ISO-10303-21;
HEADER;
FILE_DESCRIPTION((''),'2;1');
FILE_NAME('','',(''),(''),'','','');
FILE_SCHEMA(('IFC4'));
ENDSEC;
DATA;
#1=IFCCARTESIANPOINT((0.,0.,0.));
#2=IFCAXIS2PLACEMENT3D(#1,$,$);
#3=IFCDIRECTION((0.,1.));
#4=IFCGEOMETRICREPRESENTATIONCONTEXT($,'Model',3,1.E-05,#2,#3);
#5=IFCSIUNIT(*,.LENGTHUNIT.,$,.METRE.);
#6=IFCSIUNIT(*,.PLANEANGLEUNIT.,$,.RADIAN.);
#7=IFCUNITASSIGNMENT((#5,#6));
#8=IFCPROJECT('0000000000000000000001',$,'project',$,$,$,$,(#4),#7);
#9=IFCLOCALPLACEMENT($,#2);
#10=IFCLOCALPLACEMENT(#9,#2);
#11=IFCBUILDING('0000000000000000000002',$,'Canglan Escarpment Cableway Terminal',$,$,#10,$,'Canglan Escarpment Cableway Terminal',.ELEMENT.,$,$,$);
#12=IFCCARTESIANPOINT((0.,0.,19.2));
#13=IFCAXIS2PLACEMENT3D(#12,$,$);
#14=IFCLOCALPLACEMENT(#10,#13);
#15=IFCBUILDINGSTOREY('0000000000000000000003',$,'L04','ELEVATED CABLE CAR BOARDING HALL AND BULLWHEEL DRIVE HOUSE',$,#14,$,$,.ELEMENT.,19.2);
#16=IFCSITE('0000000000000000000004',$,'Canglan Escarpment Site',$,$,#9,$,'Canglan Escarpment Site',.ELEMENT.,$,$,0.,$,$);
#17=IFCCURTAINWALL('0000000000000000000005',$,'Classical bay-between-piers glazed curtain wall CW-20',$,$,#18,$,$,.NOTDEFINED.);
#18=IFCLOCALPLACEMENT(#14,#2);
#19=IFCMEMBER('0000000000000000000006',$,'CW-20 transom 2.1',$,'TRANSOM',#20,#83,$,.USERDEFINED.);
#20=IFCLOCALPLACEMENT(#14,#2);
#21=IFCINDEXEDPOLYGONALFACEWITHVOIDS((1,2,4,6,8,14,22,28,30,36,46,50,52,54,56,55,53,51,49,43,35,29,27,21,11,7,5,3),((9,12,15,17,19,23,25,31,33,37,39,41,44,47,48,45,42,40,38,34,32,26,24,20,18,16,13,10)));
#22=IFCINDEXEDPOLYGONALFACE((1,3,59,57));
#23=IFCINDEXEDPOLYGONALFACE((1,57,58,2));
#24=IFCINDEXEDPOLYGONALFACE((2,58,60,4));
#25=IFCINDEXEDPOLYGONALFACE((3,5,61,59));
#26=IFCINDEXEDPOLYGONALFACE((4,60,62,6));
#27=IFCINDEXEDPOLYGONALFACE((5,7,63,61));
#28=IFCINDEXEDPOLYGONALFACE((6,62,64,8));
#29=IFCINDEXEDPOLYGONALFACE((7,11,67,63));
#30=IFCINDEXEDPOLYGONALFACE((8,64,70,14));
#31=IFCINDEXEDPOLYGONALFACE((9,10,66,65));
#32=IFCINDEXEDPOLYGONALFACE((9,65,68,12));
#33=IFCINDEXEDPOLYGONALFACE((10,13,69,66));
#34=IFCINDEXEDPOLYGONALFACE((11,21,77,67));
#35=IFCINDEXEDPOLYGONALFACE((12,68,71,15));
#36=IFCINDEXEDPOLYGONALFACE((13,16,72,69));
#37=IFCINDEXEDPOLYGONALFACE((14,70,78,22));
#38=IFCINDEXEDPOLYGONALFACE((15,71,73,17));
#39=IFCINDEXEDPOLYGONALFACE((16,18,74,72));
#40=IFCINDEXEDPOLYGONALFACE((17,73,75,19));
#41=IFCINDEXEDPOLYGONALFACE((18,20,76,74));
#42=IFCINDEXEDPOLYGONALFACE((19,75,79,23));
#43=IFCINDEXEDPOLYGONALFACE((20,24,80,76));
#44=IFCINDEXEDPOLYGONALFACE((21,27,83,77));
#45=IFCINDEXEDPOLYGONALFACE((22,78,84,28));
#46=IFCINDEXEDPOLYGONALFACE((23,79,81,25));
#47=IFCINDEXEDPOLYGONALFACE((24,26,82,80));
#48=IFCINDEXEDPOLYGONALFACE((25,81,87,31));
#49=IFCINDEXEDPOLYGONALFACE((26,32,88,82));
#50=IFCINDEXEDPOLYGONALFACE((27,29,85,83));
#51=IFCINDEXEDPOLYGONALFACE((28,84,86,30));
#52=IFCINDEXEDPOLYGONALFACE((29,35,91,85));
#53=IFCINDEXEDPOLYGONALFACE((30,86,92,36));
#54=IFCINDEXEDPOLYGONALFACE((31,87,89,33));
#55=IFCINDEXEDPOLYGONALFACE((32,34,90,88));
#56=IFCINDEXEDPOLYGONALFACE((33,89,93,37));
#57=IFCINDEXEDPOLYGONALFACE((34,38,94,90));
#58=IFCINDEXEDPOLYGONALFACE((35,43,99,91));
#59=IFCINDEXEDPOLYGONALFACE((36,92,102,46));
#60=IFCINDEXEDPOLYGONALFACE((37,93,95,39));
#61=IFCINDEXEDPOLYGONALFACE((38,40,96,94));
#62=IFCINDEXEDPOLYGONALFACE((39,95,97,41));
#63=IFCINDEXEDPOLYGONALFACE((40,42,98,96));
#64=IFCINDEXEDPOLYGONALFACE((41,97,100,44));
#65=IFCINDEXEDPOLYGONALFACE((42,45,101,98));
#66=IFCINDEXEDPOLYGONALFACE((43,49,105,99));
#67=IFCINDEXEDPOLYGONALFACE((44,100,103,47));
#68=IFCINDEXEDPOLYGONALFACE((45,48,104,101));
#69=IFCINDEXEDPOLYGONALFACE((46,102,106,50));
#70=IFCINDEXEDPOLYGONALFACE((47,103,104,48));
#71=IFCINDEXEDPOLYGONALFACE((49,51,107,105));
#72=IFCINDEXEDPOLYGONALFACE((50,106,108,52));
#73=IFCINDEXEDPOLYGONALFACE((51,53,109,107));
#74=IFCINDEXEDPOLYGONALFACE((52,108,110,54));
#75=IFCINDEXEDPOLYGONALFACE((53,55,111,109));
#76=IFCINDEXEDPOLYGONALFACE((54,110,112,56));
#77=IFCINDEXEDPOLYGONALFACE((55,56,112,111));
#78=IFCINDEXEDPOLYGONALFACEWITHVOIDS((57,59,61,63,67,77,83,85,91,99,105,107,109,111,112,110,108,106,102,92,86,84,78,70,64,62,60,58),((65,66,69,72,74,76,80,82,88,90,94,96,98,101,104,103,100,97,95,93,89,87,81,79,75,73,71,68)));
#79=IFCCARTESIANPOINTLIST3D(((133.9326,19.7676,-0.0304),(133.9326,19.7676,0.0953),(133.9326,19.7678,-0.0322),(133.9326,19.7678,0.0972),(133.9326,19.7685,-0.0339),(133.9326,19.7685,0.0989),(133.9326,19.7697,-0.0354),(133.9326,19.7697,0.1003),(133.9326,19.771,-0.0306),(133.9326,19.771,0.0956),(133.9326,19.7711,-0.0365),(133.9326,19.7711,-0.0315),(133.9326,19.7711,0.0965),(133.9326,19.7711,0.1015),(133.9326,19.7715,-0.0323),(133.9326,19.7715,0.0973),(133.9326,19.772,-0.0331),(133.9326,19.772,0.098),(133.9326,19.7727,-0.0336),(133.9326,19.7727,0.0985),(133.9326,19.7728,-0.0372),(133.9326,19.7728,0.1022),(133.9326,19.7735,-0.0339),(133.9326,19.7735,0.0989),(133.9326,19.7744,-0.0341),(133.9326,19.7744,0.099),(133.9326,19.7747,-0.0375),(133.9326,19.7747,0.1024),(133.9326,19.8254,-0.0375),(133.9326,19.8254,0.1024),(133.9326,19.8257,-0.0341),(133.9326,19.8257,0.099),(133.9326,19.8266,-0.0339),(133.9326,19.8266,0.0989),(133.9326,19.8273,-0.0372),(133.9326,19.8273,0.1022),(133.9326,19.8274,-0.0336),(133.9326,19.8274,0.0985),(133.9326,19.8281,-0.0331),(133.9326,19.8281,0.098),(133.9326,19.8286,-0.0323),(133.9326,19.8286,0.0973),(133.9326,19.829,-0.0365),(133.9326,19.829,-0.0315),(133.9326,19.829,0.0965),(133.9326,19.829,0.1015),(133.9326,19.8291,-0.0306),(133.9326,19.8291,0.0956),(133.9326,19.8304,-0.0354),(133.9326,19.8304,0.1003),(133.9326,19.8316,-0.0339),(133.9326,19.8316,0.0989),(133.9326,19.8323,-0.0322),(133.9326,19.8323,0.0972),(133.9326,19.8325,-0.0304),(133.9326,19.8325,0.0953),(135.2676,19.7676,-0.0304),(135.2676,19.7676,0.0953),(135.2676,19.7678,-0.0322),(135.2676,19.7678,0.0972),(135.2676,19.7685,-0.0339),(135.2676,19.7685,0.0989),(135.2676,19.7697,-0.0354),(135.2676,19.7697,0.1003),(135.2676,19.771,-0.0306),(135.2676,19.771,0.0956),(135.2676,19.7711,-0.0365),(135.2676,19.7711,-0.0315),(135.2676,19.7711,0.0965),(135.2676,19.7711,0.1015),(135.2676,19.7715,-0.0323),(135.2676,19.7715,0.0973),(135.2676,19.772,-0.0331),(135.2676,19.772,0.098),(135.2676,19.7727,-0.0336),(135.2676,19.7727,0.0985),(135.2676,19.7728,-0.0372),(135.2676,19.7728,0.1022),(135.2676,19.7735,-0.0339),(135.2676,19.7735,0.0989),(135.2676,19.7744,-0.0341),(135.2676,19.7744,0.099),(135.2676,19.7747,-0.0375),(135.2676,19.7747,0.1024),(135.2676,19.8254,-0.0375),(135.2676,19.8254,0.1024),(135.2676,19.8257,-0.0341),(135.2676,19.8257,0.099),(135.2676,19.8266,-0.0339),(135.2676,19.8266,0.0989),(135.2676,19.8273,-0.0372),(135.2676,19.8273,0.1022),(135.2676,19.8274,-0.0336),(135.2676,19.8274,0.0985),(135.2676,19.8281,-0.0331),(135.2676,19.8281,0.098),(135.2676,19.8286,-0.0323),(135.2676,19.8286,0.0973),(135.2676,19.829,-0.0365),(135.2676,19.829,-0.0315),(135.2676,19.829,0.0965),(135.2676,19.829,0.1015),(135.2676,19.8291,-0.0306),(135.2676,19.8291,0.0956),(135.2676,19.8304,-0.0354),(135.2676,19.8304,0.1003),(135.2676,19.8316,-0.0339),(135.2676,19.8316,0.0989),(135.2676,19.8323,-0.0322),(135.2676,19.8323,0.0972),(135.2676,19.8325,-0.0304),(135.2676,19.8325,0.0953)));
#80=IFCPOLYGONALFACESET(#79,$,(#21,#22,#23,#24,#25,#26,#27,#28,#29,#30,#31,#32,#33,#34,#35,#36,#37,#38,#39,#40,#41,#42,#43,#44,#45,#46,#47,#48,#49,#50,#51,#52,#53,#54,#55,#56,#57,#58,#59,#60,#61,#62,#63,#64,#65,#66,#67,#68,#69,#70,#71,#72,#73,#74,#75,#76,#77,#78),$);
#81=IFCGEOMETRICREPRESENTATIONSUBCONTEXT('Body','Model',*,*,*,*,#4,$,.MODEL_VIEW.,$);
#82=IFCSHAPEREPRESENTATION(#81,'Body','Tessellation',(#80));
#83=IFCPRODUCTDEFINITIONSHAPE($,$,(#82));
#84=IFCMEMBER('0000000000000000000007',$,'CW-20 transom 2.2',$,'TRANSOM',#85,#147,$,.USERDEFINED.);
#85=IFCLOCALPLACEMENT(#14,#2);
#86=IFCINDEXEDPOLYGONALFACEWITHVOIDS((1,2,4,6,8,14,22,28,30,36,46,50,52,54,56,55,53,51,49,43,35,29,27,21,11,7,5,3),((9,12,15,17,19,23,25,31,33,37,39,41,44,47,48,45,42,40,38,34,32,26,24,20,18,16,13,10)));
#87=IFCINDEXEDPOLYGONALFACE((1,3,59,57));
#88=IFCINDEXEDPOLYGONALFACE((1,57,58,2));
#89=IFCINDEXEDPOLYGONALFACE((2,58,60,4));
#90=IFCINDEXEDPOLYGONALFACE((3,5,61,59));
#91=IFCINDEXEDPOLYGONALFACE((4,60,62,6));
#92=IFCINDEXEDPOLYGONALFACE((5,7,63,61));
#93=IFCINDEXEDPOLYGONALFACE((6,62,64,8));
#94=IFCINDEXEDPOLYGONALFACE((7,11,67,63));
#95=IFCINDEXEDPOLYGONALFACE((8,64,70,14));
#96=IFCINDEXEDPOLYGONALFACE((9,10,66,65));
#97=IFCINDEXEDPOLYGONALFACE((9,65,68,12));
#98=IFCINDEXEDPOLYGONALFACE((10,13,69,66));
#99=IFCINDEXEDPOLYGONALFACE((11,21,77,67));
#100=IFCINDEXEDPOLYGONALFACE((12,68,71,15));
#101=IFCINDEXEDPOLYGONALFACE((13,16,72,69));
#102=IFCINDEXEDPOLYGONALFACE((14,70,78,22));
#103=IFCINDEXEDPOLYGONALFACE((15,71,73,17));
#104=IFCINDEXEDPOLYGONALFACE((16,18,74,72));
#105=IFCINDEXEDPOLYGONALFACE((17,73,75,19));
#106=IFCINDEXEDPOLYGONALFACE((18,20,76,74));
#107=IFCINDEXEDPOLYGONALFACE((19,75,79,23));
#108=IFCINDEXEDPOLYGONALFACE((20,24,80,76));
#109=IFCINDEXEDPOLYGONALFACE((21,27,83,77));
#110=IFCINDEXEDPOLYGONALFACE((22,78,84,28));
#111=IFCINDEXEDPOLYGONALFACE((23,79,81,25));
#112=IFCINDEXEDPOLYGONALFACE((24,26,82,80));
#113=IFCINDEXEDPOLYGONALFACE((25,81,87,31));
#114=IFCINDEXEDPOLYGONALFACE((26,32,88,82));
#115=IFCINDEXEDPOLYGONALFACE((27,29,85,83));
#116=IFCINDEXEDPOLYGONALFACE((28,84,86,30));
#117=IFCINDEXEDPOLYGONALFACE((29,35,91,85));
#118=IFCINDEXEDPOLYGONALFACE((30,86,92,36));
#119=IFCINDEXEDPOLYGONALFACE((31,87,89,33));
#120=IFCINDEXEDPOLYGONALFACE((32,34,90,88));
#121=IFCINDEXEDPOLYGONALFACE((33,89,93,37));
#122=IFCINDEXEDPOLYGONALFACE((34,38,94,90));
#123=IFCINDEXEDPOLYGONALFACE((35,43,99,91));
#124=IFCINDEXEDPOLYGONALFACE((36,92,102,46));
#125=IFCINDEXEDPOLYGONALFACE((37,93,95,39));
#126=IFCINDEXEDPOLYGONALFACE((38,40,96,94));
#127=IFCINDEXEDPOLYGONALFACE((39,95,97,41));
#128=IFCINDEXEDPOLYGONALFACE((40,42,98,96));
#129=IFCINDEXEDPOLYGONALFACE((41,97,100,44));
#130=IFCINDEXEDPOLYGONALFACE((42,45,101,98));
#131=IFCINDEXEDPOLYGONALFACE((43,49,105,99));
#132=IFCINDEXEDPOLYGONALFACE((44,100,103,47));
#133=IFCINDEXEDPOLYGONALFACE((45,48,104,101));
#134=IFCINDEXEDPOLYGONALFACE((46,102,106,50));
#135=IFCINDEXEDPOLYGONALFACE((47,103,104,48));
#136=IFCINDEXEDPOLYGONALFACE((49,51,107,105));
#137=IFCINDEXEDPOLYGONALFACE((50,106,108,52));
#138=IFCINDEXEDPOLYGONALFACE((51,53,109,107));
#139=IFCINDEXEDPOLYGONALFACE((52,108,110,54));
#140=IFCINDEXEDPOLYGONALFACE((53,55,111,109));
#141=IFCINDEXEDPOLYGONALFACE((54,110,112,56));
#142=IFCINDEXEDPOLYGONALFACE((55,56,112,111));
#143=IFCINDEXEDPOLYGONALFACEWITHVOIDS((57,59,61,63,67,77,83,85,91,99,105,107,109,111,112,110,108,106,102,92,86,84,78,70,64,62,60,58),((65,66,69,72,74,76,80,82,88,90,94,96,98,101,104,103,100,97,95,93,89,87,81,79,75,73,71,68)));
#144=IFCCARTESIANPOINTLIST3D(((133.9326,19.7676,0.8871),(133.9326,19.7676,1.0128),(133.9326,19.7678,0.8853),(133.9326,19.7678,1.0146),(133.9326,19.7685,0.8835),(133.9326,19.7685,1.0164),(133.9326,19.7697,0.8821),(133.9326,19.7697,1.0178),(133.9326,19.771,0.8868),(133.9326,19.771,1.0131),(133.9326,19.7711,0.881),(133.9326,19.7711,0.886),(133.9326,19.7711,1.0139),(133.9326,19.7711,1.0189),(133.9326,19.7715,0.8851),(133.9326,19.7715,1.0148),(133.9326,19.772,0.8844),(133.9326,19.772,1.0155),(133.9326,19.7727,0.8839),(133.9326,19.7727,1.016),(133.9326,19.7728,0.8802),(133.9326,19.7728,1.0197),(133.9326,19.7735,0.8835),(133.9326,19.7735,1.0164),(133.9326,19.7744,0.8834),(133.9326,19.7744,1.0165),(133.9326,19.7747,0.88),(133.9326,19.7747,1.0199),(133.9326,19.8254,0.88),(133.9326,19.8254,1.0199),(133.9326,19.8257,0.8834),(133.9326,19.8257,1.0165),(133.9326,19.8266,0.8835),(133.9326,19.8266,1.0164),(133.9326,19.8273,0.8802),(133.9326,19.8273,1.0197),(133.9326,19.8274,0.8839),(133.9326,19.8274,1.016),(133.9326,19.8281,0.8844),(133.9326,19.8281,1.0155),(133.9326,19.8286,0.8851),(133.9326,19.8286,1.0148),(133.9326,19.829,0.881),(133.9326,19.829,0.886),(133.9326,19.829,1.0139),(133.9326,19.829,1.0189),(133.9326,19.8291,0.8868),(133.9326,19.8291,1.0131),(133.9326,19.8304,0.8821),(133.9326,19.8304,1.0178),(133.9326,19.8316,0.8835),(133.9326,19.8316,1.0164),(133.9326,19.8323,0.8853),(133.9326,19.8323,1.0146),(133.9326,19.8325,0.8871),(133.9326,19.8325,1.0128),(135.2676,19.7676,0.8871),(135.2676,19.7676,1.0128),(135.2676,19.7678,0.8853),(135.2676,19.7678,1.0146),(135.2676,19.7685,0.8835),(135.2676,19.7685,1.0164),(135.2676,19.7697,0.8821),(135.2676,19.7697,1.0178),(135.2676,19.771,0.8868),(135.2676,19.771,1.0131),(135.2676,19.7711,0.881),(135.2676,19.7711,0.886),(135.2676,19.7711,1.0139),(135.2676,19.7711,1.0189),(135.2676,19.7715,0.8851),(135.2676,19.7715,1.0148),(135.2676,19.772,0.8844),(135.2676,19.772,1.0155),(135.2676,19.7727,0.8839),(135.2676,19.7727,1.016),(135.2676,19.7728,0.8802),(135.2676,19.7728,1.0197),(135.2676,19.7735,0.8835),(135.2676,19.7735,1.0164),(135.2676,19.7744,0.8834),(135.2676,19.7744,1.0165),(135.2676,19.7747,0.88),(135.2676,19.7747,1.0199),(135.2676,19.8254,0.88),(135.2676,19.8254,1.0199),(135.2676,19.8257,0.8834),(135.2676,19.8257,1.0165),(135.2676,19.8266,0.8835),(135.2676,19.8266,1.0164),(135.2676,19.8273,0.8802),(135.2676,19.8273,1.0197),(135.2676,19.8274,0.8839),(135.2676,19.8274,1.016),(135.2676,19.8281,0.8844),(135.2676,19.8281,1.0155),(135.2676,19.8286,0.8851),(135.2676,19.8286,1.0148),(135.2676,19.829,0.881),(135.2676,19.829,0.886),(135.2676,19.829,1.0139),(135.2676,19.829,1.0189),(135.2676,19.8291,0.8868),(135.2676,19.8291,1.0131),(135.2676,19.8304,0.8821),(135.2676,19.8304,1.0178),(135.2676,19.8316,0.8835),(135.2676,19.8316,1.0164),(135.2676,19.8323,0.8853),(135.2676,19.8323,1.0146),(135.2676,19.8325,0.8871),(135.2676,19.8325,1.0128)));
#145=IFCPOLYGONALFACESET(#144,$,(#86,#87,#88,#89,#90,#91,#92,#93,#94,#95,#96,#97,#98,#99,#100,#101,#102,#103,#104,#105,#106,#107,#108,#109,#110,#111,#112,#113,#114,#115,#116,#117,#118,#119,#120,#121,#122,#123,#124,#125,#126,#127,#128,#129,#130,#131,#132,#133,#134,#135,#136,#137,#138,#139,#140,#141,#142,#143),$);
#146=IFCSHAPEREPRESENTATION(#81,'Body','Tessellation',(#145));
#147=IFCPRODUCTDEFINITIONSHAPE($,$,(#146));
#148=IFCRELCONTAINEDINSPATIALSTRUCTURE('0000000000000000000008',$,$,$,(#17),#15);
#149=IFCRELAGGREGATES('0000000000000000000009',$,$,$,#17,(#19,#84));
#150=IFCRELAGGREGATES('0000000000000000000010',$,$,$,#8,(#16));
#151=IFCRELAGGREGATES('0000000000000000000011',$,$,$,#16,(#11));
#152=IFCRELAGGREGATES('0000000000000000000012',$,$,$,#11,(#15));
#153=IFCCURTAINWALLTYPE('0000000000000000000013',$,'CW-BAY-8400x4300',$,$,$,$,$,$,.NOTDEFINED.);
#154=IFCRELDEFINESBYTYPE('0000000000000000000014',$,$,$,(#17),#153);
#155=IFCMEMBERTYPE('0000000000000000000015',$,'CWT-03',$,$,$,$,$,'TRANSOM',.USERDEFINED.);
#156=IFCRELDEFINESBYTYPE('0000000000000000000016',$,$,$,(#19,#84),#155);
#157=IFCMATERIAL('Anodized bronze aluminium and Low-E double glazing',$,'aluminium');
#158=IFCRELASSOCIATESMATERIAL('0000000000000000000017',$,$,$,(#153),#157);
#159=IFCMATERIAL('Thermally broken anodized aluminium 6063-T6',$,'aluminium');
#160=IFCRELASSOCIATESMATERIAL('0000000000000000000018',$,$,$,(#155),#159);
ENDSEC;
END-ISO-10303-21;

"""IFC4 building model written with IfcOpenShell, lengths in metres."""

from ifc_helpers import new_model, si_unit, direction, frame, origin, origin_2d, place, context, subcontext, project, spatial, hollow_rectangle, extrude, material, material_profile, profile_set, type_object, element, aggregate, save


model = new_model("IFC4")

# Units and contexts
model_context = context("Model", 3, precision=1e-05, world=origin(), true_north=direction((0.0, 1.0)))
body_context = subcontext(model_context, "Body", "Model", "MODEL_VIEW")
ifc_project = project(units=[si_unit("LENGTHUNIT", "METRE"), si_unit("PLANEANGLEUNIT", "RADIAN")], contexts=[model_context])

# Site, building, storey
site_placement = place(None, origin())
site = spatial("IfcSite", under=ifc_project, at=site_placement, Name="Canglan Escarpment Site", LongName="Canglan Escarpment Site", CompositionType="ELEMENT", RefElevation=0.0)
building_placement = place(site_placement, origin())
building = spatial("IfcBuilding", under=site, at=building_placement, Name="Canglan Escarpment Cableway Terminal", LongName="Canglan Escarpment Cableway Terminal", CompositionType="ELEMENT")
storey_placement = place(building_placement, frame((0.0, 0.0, 19.2)))
storey = spatial("IfcBuildingStorey", under=building, at=storey_placement, Name="L04", Description="ELEVATED CABLE CAR BOARDING HALL AND BULLWHEEL DRIVE HOUSE", CompositionType="ELEMENT", Elevation=19.2)

# Curtain wall, members
ifc_material_1 = material(Name="Anodized bronze aluminium and Low-E double glazing", Category="aluminium")
curtain_wall_type = type_object("IfcCurtainWallType", Name="CW-BAY-8400x4300", PredefinedType="NOTDEFINED", material=ifc_material_1)
curtain_wall_placement = place(storey_placement, origin())
curtain_wall = element("IfcCurtainWall", 1, at=curtain_wall_placement, inside=storey, type_object=curtain_wall_type, Name="Classical bay-between-piers glazed curtain wall CW-20", PredefinedType="NOTDEFINED")
ifc_material_2 = material(Name="Thermally broken anodized aluminium 6063-T6", Category="aluminium")
ifc_material_profile_1 = material_profile(ifc_material_2, hollow_rectangle(XDim=0.0649, YDim=0.1399, WallThickness=0.0034, InnerFilletRadius=0.0034, OuterFilletRadius=0.0071, at=origin_2d()), Name="ALU-TRAN 65x140x3.5")
ifc_profile_set_1 = profile_set([ifc_material_profile_1], Name="Thermally broken anodized aluminium 6063-T6")
member_type_1 = type_object("IfcMemberType", Name="CWT-03", ElementType="TRANSOM", PredefinedType="USERDEFINED", material=ifc_profile_set_1)
member_1_placement = place(storey_placement, frame((135.2676, 19.8, 0.0325), z_axis=(-1.0, 0.0, 0.0), x_axis=(0.0, -1.0, 0.0)))
member_1 = element("IfcMember", 2, at=member_1_placement, type_object=member_type_1, Name="CW-20 transom 2.1", ObjectType="TRANSOM", PredefinedType="USERDEFINED", context=body_context, shape_type="SweptSolid", body=[
    extrude(hollow_rectangle(XDim=0.0649, YDim=0.1399, WallThickness=0.0034, InnerFilletRadius=0.0034, OuterFilletRadius=0.0071, at=origin_2d()), origin(), (0.0, 0.0, 1.0), 1.335),
])
member_2_placement = place(storey_placement, frame((135.2676, 19.8, 0.95), z_axis=(-1.0, 0.0, 0.0), x_axis=(0.0, -1.0, 0.0)))
member_2 = element("IfcMember", 3, at=member_2_placement, type_object=member_type_1, Name="CW-20 transom 2.2", ObjectType="TRANSOM", PredefinedType="USERDEFINED", context=body_context, shape_type="SweptSolid", body=[
    extrude(hollow_rectangle(XDim=0.0649, YDim=0.1399, WallThickness=0.0034, InnerFilletRadius=0.0034, OuterFilletRadius=0.0071, at=origin_2d()), origin(), (0.0, 0.0, 1.0), 1.335),
])

aggregate(curtain_wall, [member_1, member_2])

save(model, "model.ifc")
